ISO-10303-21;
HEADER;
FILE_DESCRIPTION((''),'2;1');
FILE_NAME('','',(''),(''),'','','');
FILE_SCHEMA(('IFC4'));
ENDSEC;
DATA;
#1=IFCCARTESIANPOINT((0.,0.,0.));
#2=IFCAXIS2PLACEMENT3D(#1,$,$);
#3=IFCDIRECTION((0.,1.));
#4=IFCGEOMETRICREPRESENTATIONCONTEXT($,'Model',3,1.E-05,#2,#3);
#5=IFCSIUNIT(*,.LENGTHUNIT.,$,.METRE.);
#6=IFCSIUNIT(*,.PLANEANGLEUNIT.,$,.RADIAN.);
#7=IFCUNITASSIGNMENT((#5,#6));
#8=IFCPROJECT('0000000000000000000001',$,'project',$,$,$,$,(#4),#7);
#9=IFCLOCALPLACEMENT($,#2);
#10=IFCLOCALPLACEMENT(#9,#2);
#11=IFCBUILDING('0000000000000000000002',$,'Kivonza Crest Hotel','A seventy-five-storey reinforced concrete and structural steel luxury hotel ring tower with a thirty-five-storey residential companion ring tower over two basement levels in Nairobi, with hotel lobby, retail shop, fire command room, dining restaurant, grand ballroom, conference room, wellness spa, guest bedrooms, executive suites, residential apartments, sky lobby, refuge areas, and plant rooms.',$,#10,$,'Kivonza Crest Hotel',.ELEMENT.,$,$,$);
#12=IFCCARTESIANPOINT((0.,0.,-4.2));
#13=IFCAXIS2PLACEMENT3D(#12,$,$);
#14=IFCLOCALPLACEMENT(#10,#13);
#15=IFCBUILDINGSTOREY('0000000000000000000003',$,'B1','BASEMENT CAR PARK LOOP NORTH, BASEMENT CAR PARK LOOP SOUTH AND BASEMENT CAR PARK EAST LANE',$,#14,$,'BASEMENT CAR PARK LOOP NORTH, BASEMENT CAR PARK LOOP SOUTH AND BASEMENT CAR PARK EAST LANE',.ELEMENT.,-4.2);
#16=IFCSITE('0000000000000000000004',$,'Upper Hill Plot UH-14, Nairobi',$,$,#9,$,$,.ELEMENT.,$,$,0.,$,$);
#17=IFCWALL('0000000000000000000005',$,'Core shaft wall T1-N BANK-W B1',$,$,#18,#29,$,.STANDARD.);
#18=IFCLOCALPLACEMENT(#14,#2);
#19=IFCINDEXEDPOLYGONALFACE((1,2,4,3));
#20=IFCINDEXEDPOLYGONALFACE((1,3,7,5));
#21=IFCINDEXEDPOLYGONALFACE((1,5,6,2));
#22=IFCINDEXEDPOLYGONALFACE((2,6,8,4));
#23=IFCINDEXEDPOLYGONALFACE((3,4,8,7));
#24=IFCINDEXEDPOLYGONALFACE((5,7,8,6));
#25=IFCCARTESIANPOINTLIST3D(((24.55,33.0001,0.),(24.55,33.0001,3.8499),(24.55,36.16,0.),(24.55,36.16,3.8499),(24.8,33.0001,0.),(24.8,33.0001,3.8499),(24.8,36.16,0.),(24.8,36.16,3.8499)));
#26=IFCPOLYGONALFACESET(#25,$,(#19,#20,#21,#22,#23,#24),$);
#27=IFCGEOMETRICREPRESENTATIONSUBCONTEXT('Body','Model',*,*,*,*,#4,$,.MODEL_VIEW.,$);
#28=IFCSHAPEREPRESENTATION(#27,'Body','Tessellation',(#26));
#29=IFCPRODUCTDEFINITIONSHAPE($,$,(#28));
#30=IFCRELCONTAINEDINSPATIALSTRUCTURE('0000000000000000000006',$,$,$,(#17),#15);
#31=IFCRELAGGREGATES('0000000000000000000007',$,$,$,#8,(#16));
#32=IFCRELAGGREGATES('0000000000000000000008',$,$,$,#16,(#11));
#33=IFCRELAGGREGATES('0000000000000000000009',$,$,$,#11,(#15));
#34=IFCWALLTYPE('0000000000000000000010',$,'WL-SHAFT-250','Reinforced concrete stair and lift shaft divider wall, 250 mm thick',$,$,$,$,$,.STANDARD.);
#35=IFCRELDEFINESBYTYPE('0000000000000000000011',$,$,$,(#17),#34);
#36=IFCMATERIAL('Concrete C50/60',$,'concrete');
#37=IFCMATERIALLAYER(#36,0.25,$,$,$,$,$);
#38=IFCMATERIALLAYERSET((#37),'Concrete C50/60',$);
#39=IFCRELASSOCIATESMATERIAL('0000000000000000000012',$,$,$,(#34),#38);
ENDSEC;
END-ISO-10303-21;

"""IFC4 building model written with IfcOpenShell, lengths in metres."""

from ifc_helpers import new_model, si_unit, direction, frame, frame_2d, origin, place, context, subcontext, project, spatial, rectangle, extrude, material, layer, layer_set, type_object, element, save


model = new_model("IFC4")

# Units and contexts
model_context = context("Model", 3, precision=1e-05, world=origin(), true_north=direction((0.0, 1.0)))
body_context = subcontext(model_context, "Body", "Model", "MODEL_VIEW")
ifc_project = project(units=[si_unit("LENGTHUNIT", "METRE"), si_unit("PLANEANGLEUNIT", "RADIAN")], contexts=[model_context])

# Site, building, storey
site_placement = place(None, origin())
site = spatial("IfcSite", under=ifc_project, at=site_placement, Name="Upper Hill Plot UH-14, Nairobi", CompositionType="ELEMENT", RefElevation=0.0)
building_placement = place(site_placement, origin())
building = spatial("IfcBuilding", under=site, at=building_placement, Name="Kivonza Crest Hotel", Description="A seventy-five-storey reinforced concrete and structural steel luxury hotel ring tower with a thirty-five-storey residential companion ring tower over two basement levels in Nairobi, with hotel lobby, retail shop, fire command room, dining restaurant, grand ballroom, conference room, wellness spa, guest bedrooms, executive suites, residential apartments, sky lobby, refuge areas, and plant rooms.", LongName="Kivonza Crest Hotel", CompositionType="ELEMENT")
storey_placement = place(building_placement, frame((0.0, 0.0, -4.2)))
storey = spatial("IfcBuildingStorey", under=building, at=storey_placement, Name="B1", Description="BASEMENT CAR PARK LOOP NORTH, BASEMENT CAR PARK LOOP SOUTH AND BASEMENT CAR PARK EAST LANE", LongName="BASEMENT CAR PARK LOOP NORTH, BASEMENT CAR PARK LOOP SOUTH AND BASEMENT CAR PARK EAST LANE", CompositionType="ELEMENT", Elevation=-4.2)

# Wall
ifc_material_1 = material(Name="Concrete C50/60", Category="concrete")
ifc_layer_1 = layer(ifc_material_1, 0.25)
ifc_layer_set_1 = layer_set([ifc_layer_1], Name="Concrete C50/60")
wall_type_1 = type_object("IfcWallType", Name="WL-SHAFT-250", Description="Reinforced concrete stair and lift shaft divider wall, 250 mm thick", PredefinedType="STANDARD", material=ifc_layer_set_1)
for number, where, z_axis, x_axis, name in (
    (1, (24.675, 33.0, 0.0), (0.0, 0.0, 1.0), (0.0, 1.0, 0.0), "Core shaft wall T1-N BANK-W B1"),
):
    element("IfcWall", number, at=place(storey_placement, frame(where, z_axis=z_axis, x_axis=x_axis)), inside=storey, type_object=wall_type_1, Name=name, PredefinedType="STANDARD", context=body_context, shape_type="SweptSolid", body=[
        extrude(rectangle(XDim=3.1599, YDim=0.25, at=frame_2d((1.5801, 0.0))), origin(), (0.0, 0.0, 1.0), 3.8499),
    ])

save(model, "model.ifc")
